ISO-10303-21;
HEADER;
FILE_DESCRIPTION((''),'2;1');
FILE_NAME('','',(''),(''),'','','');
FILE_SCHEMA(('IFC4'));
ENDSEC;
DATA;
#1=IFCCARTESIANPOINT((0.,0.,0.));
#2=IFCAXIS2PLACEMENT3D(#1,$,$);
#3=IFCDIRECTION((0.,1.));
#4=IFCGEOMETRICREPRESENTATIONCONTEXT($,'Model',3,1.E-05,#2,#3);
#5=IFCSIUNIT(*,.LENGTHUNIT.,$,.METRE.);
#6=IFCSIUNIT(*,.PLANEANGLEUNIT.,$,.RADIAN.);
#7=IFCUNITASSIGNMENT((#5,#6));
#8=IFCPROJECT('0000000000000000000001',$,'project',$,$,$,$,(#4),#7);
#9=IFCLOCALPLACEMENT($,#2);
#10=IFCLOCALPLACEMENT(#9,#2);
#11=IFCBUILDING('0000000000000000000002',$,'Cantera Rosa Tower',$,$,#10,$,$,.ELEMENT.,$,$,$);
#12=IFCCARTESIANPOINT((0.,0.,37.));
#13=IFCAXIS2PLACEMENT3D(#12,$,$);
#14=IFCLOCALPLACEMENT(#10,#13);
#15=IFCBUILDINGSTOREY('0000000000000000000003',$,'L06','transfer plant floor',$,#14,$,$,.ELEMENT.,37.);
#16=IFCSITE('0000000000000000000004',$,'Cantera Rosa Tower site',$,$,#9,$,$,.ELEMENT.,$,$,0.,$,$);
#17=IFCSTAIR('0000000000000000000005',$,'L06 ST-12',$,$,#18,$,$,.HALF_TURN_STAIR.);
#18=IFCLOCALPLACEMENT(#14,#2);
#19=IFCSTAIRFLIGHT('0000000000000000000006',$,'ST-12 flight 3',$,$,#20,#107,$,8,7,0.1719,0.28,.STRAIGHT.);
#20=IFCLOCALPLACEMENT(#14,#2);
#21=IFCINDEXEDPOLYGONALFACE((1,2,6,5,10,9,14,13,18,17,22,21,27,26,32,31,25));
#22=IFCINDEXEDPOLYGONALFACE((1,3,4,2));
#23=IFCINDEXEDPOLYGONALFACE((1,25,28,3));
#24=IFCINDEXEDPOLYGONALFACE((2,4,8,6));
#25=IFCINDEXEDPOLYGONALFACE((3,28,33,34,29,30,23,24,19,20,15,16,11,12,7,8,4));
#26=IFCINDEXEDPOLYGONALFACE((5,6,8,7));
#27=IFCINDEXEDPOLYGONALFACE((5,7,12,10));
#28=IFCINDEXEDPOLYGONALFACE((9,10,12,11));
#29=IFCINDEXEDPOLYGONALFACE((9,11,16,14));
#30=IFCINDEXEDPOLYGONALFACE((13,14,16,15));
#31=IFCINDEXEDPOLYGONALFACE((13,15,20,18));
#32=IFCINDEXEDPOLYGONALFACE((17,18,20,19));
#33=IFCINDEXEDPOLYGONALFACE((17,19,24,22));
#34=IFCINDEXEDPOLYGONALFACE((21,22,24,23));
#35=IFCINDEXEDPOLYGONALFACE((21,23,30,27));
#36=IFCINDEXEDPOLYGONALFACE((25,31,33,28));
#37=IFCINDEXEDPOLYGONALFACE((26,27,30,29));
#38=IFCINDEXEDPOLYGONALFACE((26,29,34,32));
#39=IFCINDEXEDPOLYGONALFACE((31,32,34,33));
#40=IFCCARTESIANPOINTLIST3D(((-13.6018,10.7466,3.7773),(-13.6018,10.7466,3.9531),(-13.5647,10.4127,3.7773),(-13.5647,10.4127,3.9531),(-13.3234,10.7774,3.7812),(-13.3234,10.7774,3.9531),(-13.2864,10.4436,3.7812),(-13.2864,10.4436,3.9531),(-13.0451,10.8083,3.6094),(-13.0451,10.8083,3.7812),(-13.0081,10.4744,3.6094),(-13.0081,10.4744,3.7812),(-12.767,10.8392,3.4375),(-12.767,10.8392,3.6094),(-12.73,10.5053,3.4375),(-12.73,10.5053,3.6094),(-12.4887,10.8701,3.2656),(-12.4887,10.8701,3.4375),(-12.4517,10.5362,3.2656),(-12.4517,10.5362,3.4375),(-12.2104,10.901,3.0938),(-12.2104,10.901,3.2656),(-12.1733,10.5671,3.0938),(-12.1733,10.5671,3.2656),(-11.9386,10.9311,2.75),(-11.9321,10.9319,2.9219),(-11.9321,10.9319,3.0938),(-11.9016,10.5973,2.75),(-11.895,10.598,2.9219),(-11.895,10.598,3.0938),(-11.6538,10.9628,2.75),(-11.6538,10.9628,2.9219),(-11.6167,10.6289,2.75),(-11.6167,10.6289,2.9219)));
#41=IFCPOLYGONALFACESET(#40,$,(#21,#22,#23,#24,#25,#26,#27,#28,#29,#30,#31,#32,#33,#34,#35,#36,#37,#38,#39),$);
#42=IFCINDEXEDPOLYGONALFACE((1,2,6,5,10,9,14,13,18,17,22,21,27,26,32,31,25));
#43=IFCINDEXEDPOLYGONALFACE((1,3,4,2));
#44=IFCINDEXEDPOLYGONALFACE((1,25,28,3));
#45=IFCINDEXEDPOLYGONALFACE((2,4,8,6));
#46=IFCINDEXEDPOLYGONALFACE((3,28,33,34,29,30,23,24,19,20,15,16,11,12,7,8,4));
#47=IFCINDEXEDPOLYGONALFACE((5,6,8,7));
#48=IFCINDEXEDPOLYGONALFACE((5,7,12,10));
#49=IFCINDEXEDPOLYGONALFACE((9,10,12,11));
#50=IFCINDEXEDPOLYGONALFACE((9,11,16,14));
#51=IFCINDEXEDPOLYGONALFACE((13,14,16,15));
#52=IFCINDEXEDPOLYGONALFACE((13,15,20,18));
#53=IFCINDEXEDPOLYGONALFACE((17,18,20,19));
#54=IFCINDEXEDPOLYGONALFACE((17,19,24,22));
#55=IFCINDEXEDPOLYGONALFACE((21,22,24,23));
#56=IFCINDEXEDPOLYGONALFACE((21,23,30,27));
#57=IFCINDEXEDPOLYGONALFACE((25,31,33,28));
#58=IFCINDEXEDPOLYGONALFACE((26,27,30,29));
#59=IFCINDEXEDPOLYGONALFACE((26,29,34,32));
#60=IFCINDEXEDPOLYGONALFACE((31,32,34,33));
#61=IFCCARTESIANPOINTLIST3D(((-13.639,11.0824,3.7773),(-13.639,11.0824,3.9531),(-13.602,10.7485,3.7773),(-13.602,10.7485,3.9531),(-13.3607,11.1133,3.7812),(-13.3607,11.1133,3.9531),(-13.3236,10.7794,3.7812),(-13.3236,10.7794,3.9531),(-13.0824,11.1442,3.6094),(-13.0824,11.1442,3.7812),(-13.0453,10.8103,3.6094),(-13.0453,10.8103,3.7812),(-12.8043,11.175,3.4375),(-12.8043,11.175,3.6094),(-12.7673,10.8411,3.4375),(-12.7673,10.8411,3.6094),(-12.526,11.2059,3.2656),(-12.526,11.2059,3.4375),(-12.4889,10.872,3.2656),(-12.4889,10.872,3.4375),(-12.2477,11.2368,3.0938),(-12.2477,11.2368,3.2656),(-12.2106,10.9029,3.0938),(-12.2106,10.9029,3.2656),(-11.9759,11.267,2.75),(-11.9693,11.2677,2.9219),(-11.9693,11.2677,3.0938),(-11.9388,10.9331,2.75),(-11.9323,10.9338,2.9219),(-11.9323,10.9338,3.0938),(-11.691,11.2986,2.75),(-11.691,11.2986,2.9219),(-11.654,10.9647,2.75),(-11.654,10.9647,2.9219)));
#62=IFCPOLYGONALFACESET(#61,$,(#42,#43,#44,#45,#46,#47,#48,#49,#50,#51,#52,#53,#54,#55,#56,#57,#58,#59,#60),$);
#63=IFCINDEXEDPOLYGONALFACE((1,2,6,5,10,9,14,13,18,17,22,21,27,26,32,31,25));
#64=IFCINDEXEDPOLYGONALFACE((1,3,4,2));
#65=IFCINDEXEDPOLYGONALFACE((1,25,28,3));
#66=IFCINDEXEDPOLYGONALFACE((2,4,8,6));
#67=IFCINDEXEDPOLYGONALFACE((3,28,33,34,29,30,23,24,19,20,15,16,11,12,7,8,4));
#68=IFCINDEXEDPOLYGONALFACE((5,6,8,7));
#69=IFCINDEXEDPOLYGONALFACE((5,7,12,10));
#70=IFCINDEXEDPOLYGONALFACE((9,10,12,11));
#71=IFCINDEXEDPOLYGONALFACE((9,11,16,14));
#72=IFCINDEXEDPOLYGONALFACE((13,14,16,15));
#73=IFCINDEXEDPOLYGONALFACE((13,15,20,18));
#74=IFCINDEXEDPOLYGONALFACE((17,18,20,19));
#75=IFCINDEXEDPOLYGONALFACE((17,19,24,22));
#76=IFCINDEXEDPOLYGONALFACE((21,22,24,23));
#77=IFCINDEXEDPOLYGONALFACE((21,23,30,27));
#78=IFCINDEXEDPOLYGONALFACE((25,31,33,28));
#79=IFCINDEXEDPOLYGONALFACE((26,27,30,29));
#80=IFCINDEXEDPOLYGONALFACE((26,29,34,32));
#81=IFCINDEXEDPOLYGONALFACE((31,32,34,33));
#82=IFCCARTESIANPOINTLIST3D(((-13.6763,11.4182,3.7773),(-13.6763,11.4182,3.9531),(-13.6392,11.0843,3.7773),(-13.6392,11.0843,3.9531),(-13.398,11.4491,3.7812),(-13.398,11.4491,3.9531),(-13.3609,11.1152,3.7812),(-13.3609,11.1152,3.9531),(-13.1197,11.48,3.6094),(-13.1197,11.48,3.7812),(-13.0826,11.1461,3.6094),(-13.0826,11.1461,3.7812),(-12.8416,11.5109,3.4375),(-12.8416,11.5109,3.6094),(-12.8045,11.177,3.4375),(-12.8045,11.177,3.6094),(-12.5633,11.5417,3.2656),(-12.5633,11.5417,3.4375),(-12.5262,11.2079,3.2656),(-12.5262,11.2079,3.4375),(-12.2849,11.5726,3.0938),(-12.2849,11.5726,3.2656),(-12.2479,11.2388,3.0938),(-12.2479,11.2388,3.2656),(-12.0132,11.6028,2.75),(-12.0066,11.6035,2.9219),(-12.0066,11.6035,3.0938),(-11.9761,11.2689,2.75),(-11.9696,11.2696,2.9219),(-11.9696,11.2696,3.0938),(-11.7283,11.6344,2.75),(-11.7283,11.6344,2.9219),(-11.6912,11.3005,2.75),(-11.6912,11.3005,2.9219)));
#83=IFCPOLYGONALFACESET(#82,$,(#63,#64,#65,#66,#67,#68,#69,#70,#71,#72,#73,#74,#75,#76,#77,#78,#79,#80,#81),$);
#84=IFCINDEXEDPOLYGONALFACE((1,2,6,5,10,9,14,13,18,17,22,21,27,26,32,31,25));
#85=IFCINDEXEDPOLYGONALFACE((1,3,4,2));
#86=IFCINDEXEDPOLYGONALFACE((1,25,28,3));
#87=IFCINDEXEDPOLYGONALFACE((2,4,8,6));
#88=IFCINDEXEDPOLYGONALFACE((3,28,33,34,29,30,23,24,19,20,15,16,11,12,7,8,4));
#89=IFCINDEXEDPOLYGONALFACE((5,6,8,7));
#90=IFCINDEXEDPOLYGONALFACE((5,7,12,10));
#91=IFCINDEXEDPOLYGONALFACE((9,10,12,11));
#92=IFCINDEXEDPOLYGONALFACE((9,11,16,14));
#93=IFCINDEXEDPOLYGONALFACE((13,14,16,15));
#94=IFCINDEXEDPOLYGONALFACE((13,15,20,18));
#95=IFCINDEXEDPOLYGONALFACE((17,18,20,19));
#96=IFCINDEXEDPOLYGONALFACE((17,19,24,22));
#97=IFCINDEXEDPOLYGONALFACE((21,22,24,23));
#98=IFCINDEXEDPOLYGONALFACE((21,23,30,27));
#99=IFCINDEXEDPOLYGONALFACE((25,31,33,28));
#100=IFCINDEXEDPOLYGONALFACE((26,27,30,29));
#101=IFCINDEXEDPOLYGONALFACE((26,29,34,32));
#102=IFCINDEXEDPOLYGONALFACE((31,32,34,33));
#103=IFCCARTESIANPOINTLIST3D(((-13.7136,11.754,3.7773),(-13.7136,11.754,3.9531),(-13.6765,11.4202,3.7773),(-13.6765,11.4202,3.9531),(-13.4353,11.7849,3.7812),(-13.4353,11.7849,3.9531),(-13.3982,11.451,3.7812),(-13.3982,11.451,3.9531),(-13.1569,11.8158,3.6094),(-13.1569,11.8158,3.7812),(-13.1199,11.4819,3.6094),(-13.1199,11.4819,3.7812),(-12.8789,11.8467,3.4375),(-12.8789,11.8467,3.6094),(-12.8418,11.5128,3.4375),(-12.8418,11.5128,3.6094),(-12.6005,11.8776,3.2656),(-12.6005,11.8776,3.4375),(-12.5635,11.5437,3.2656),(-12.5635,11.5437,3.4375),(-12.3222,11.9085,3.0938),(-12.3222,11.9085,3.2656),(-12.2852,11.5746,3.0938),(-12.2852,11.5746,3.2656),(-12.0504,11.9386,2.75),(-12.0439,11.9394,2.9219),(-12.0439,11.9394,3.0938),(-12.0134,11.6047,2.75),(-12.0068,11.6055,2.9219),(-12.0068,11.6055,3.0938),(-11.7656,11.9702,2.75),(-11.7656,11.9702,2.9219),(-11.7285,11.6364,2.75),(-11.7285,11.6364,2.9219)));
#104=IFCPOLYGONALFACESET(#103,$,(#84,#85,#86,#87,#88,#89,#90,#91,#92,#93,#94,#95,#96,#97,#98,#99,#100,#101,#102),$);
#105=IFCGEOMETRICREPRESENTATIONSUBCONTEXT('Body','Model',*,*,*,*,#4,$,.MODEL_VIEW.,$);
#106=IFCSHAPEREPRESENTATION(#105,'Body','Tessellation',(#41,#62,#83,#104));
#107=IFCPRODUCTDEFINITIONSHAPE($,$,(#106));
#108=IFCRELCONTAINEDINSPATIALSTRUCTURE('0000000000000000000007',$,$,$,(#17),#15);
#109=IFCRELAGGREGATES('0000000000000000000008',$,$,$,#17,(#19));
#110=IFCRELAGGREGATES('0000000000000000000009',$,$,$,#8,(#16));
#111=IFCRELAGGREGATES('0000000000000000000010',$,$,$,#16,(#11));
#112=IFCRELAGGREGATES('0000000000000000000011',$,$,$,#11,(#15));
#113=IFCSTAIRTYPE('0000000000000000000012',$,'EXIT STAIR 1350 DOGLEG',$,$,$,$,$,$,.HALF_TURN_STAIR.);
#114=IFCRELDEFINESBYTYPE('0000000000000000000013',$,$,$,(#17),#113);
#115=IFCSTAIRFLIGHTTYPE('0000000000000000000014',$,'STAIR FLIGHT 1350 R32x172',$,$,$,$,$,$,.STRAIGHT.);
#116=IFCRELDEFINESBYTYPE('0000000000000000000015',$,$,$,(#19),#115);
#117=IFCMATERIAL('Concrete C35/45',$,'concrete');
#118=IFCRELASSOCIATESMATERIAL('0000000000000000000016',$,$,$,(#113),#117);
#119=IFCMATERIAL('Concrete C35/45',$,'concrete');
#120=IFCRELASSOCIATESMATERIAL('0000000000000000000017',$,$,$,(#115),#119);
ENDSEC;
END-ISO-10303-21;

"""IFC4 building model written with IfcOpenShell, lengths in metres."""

from ifc_helpers import new_model, si_unit, direction, frame, origin, place, context, subcontext, project, spatial, polyline, outline, extrude, material, type_object, element, aggregate, save


model = new_model("IFC4")

# Units and contexts
model_context = context("Model", 3, precision=1e-05, world=origin(), true_north=direction((0.0, 1.0)))
body_context = subcontext(model_context, "Body", "Model", "MODEL_VIEW")
ifc_project = project(units=[si_unit("LENGTHUNIT", "METRE"), si_unit("PLANEANGLEUNIT", "RADIAN")], contexts=[model_context])

# Site, building, storey
site_placement = place(None, origin())
site = spatial("IfcSite", under=ifc_project, at=site_placement, Name="Cantera Rosa Tower site", CompositionType="ELEMENT", RefElevation=0.0)
building_placement = place(site_placement, origin())
building = spatial("IfcBuilding", under=site, at=building_placement, Name="Cantera Rosa Tower", CompositionType="ELEMENT")
storey_placement = place(building_placement, frame((0.0, 0.0, 37.0)))
storey = spatial("IfcBuildingStorey", under=building, at=storey_placement, Name="L06", Description="transfer plant floor", CompositionType="ELEMENT", Elevation=37.0)

# Stair, stair flight
ifc_material_1 = material(Name="Concrete C35/45", Category="concrete")
stair_type = type_object("IfcStairType", Name="EXIT STAIR 1350 DOGLEG", PredefinedType="HALF_TURN_STAIR", material=ifc_material_1)
stair_placement = place(storey_placement, origin())
stair = element("IfcStair", 1, at=stair_placement, inside=storey, type_object=stair_type, Name="L06 ST-12", PredefinedType="HALF_TURN_STAIR")
ifc_material_2 = material(Name="Concrete C35/45", Category="concrete")
stair_flight_type = type_object("IfcStairFlightType", Name="STAIR FLIGHT 1350 R32x172", PredefinedType="STRAIGHT", material=ifc_material_2)
stair_flight_placement = place(storey_placement, frame((-11.6912, 11.2998, 2.75), z_axis=(0.0, 0.0, 1.0), x_axis=(-0.993897, -0.110313, 0.0)))
stair_flight = element("IfcStairFlight", 2, at=stair_flight_placement, type_object=stair_flight_type, Name="ST-12 flight 3", NumberOfRisers=8, NumberOfTreads=7, PredefinedType="STRAIGHT", RiserHeight=0.1719, TreadLength=0.28, context=body_context, shape_type="SweptSolid", body=[
    extrude(outline(polyline([(0.0, 0.0), (0.0, 0.1719), (0.28, 0.1719), (0.28, 0.3438), (0.5601, 0.3438), (0.5601, 0.5156), (0.8401, 0.5156), (0.8401, 0.6875), (1.1201, 0.6875), (1.1201, 0.8594), (1.3999, 0.8594), (1.3999, 1.0312), (1.6799, 1.0312), (1.6799, 1.2031), (1.96, 1.2031), (1.96, 1.375), (1.96, 1.0273), (0.2866, 0.0), (0.0, 0.0)])), frame((0.0, 0.675, 0.0), z_axis=(0.0, -1.0, 0.0), x_axis=(1.0, 0.0, 0.0)), (0.0, 0.0, 1.0), 0.3359),
    extrude(outline(polyline([(0.0, 0.0), (0.0, 0.1719), (0.28, 0.1719), (0.28, 0.3438), (0.5601, 0.3438), (0.5601, 0.5156), (0.8401, 0.5156), (0.8401, 0.6875), (1.1201, 0.6875), (1.1201, 0.8594), (1.3999, 0.8594), (1.3999, 1.0312), (1.6799, 1.0312), (1.6799, 1.2031), (1.96, 1.2031), (1.96, 1.375), (1.96, 1.0273), (0.2866, 0.0), (0.0, 0.0)])), frame((0.0, 0.3372, 0.0), z_axis=(0.0, -1.0, 0.0), x_axis=(1.0, 0.0, 0.0)), (0.0, 0.0, 1.0), 0.3359),
    extrude(outline(polyline([(0.0, 0.0), (0.0, 0.1719), (0.28, 0.1719), (0.28, 0.3438), (0.5601, 0.3438), (0.5601, 0.5156), (0.8401, 0.5156), (0.8401, 0.6875), (1.1201, 0.6875), (1.1201, 0.8594), (1.3999, 0.8594), (1.3999, 1.0312), (1.6799, 1.0312), (1.6799, 1.2031), (1.96, 1.2031), (1.96, 1.375), (1.96, 1.0273), (0.2866, 0.0), (0.0, 0.0)])), frame((0.0, -0.0007, 0.0), z_axis=(0.0, -1.0, 0.0), x_axis=(1.0, 0.0, 0.0)), (0.0, 0.0, 1.0), 0.3359),
    extrude(outline(polyline([(0.0, 0.0), (0.0, 0.1719), (0.28, 0.1719), (0.28, 0.3438), (0.5601, 0.3438), (0.5601, 0.5156), (0.8401, 0.5156), (0.8401, 0.6875), (1.1201, 0.6875), (1.1201, 0.8594), (1.3999, 0.8594), (1.3999, 1.0312), (1.6799, 1.0312), (1.6799, 1.2031), (1.96, 1.2031), (1.96, 1.375), (1.96, 1.0273), (0.2866, 0.0), (0.0, 0.0)])), frame((0.0, -0.3386, 0.0), z_axis=(0.0, -1.0, 0.0), x_axis=(1.0, 0.0, 0.0)), (0.0, 0.0, 1.0), 0.3359),
])
aggregate(stair, [stair_flight])

save(model, "model.ifc")
